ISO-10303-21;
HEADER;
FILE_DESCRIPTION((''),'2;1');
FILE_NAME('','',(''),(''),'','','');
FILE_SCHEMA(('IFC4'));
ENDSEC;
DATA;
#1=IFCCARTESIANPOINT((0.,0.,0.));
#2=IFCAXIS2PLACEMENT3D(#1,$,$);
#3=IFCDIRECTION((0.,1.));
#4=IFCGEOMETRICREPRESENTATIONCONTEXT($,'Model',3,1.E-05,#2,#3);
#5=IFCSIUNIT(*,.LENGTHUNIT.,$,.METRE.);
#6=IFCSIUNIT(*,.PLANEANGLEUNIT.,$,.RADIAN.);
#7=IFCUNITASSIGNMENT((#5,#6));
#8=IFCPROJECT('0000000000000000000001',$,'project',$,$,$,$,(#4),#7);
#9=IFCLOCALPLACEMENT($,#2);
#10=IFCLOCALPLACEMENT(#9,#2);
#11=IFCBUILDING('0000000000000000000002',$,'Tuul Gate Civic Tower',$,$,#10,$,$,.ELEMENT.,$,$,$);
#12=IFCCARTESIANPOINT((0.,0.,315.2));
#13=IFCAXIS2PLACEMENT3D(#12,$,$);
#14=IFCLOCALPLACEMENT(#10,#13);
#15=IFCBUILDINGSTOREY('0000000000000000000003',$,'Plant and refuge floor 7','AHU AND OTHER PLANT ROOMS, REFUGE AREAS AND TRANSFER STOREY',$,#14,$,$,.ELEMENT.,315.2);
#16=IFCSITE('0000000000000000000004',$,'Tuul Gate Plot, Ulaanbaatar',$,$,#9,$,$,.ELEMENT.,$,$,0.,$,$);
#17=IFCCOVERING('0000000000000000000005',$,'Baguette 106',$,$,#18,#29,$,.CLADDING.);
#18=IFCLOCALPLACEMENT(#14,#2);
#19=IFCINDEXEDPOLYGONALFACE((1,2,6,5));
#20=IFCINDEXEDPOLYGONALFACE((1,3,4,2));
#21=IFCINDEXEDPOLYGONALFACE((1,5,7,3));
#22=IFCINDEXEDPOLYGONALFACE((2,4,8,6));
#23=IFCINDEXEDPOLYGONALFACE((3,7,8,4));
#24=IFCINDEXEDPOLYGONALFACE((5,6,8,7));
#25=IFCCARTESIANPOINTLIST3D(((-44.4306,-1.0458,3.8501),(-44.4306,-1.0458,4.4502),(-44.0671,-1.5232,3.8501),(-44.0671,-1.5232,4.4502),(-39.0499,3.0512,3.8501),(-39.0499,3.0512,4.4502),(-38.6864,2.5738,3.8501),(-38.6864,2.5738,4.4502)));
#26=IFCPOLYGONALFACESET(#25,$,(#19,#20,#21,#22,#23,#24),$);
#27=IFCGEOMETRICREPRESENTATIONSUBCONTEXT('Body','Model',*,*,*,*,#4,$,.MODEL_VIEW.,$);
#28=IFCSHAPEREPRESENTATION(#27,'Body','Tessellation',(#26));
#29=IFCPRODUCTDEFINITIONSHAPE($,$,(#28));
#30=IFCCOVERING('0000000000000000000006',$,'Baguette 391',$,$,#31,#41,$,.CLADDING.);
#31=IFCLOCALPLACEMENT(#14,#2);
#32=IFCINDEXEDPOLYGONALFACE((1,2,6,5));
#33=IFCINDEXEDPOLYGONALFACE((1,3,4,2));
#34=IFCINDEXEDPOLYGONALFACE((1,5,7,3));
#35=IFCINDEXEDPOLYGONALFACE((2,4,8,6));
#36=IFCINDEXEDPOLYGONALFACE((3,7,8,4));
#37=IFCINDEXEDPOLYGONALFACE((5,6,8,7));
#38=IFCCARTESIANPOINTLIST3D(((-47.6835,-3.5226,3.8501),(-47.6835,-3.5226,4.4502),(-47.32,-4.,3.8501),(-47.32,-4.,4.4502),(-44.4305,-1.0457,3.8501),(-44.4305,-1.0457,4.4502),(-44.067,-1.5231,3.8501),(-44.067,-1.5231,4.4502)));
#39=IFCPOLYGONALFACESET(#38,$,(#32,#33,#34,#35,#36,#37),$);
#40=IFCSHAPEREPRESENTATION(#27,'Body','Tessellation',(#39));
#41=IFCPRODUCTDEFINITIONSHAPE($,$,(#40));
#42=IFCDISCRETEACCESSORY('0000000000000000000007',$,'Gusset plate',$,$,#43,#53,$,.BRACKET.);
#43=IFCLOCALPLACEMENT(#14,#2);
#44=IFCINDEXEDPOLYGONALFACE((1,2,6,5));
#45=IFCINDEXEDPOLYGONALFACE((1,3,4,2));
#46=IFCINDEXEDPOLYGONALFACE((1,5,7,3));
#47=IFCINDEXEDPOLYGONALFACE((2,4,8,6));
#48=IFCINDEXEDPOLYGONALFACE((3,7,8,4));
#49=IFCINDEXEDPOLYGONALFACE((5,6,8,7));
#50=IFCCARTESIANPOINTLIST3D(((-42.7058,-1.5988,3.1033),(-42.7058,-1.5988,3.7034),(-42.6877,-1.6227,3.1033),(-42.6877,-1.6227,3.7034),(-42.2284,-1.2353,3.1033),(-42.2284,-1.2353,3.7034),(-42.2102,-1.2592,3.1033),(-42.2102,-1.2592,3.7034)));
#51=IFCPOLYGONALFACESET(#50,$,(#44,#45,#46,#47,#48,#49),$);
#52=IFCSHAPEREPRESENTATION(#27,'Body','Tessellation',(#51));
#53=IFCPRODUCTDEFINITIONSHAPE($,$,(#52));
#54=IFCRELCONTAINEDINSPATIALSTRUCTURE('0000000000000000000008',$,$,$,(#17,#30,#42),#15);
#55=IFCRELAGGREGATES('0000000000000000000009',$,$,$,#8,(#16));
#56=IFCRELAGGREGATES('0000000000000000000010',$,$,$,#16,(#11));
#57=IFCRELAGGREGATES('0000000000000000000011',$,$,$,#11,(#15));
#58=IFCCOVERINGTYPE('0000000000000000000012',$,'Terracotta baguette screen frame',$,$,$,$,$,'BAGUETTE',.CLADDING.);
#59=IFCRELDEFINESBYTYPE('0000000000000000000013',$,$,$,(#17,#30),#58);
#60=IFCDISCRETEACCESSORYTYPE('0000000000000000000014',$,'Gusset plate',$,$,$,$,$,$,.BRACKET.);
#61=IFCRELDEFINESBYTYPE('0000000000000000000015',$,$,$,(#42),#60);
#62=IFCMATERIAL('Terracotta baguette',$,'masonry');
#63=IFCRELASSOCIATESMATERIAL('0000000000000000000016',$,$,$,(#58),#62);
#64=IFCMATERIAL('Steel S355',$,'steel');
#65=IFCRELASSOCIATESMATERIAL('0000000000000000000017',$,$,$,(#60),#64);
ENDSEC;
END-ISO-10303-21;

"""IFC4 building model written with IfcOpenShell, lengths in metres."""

from ifc_helpers import new_model, si_unit, direction, frame, origin, origin_2d, place, context, subcontext, project, spatial, rectangle, extrude, material, material_profile, profile_set, type_object, element, save


model = new_model("IFC4")

# Units and contexts
model_context = context("Model", 3, precision=1e-05, world=origin(), true_north=direction((0.0, 1.0)))
body_context = subcontext(model_context, "Body", "Model", "MODEL_VIEW")
ifc_project = project(units=[si_unit("LENGTHUNIT", "METRE"), si_unit("PLANEANGLEUNIT", "RADIAN")], contexts=[model_context])

# Site, building, storey
site_placement = place(None, origin())
site = spatial("IfcSite", under=ifc_project, at=site_placement, Name="Tuul Gate Plot, Ulaanbaatar", CompositionType="ELEMENT", RefElevation=0.0)
building_placement = place(site_placement, origin())
building = spatial("IfcBuilding", under=site, at=building_placement, Name="Tuul Gate Civic Tower", CompositionType="ELEMENT")
storey_placement = place(building_placement, frame((0.0, 0.0, 315.2)))
storey = spatial("IfcBuildingStorey", under=building, at=storey_placement, Name="Plant and refuge floor 7", Description="AHU AND OTHER PLANT ROOMS, REFUGE AREAS AND TRANSFER STOREY", CompositionType="ELEMENT", Elevation=315.2)

# Coverings
ifc_material_1 = material(Name="Terracotta baguette", Category="masonry")
ifc_material_profile_1 = material_profile(ifc_material_1, rectangle(XDim=0.6001, YDim=0.6001, at=origin_2d()), Name="Terracotta baguette screen frame")
ifc_profile_set_1 = profile_set([ifc_material_profile_1], Name="Terracotta baguette")
covering_type = type_object("IfcCoveringType", Name="Terracotta baguette screen frame", ElementType="BAGUETTE", PredefinedType="CLADDING", material=ifc_profile_set_1)
covering_1_placement = place(storey_placement, frame((-38.8682, 2.8125, 4.1501), z_axis=(-0.795616, -0.605801, 0.0), x_axis=(0.605801, -0.795616, 0.0)))
element("IfcCovering", 1, at=covering_1_placement, inside=storey, type_object=covering_type, Name="Baguette 106", PredefinedType="CLADDING", context=body_context, shape_type="SweptSolid", body=[
    extrude(rectangle(XDim=0.6001, YDim=0.6001, at=origin_2d()), origin(), (0.0, 0.0, 1.0), 6.7629),
])
covering_2_placement = place(storey_placement, frame((-44.2488, -1.2844, 4.1501), z_axis=(-0.795622, -0.605793, 0.0), x_axis=(0.605793, -0.795622, 0.0)))
element("IfcCovering", 2, at=covering_2_placement, inside=storey, type_object=covering_type, Name="Baguette 391", PredefinedType="CLADDING", context=body_context, shape_type="SweptSolid", body=[
    extrude(rectangle(XDim=0.6001, YDim=0.6001, at=origin_2d()), origin(), (0.0, 0.0, 1.0), 4.0886),
])

# Discrete accessory
ifc_material_2 = material(Name="Steel S355", Category="steel")
discrete_accessory_type = type_object("IfcDiscreteAccessoryType", Name="Gusset plate", PredefinedType="BRACKET", material=ifc_material_2)
discrete_accessory_placement = place(storey_placement, frame((-42.458, -1.429, 3.1033), z_axis=(0.0, 0.0, 1.0), x_axis=(0.795664, 0.605738, 0.0)))
element("IfcDiscreteAccessory", 3, at=discrete_accessory_placement, inside=storey, type_object=discrete_accessory_type, Name="Gusset plate", PredefinedType="BRACKET", context=body_context, shape_type="SweptSolid", body=[
    extrude(rectangle(XDim=0.6001, YDim=0.03, at=origin_2d()), origin(), (0.0, 0.0, 1.0), 0.6001),
])

save(model, "model.ifc")
